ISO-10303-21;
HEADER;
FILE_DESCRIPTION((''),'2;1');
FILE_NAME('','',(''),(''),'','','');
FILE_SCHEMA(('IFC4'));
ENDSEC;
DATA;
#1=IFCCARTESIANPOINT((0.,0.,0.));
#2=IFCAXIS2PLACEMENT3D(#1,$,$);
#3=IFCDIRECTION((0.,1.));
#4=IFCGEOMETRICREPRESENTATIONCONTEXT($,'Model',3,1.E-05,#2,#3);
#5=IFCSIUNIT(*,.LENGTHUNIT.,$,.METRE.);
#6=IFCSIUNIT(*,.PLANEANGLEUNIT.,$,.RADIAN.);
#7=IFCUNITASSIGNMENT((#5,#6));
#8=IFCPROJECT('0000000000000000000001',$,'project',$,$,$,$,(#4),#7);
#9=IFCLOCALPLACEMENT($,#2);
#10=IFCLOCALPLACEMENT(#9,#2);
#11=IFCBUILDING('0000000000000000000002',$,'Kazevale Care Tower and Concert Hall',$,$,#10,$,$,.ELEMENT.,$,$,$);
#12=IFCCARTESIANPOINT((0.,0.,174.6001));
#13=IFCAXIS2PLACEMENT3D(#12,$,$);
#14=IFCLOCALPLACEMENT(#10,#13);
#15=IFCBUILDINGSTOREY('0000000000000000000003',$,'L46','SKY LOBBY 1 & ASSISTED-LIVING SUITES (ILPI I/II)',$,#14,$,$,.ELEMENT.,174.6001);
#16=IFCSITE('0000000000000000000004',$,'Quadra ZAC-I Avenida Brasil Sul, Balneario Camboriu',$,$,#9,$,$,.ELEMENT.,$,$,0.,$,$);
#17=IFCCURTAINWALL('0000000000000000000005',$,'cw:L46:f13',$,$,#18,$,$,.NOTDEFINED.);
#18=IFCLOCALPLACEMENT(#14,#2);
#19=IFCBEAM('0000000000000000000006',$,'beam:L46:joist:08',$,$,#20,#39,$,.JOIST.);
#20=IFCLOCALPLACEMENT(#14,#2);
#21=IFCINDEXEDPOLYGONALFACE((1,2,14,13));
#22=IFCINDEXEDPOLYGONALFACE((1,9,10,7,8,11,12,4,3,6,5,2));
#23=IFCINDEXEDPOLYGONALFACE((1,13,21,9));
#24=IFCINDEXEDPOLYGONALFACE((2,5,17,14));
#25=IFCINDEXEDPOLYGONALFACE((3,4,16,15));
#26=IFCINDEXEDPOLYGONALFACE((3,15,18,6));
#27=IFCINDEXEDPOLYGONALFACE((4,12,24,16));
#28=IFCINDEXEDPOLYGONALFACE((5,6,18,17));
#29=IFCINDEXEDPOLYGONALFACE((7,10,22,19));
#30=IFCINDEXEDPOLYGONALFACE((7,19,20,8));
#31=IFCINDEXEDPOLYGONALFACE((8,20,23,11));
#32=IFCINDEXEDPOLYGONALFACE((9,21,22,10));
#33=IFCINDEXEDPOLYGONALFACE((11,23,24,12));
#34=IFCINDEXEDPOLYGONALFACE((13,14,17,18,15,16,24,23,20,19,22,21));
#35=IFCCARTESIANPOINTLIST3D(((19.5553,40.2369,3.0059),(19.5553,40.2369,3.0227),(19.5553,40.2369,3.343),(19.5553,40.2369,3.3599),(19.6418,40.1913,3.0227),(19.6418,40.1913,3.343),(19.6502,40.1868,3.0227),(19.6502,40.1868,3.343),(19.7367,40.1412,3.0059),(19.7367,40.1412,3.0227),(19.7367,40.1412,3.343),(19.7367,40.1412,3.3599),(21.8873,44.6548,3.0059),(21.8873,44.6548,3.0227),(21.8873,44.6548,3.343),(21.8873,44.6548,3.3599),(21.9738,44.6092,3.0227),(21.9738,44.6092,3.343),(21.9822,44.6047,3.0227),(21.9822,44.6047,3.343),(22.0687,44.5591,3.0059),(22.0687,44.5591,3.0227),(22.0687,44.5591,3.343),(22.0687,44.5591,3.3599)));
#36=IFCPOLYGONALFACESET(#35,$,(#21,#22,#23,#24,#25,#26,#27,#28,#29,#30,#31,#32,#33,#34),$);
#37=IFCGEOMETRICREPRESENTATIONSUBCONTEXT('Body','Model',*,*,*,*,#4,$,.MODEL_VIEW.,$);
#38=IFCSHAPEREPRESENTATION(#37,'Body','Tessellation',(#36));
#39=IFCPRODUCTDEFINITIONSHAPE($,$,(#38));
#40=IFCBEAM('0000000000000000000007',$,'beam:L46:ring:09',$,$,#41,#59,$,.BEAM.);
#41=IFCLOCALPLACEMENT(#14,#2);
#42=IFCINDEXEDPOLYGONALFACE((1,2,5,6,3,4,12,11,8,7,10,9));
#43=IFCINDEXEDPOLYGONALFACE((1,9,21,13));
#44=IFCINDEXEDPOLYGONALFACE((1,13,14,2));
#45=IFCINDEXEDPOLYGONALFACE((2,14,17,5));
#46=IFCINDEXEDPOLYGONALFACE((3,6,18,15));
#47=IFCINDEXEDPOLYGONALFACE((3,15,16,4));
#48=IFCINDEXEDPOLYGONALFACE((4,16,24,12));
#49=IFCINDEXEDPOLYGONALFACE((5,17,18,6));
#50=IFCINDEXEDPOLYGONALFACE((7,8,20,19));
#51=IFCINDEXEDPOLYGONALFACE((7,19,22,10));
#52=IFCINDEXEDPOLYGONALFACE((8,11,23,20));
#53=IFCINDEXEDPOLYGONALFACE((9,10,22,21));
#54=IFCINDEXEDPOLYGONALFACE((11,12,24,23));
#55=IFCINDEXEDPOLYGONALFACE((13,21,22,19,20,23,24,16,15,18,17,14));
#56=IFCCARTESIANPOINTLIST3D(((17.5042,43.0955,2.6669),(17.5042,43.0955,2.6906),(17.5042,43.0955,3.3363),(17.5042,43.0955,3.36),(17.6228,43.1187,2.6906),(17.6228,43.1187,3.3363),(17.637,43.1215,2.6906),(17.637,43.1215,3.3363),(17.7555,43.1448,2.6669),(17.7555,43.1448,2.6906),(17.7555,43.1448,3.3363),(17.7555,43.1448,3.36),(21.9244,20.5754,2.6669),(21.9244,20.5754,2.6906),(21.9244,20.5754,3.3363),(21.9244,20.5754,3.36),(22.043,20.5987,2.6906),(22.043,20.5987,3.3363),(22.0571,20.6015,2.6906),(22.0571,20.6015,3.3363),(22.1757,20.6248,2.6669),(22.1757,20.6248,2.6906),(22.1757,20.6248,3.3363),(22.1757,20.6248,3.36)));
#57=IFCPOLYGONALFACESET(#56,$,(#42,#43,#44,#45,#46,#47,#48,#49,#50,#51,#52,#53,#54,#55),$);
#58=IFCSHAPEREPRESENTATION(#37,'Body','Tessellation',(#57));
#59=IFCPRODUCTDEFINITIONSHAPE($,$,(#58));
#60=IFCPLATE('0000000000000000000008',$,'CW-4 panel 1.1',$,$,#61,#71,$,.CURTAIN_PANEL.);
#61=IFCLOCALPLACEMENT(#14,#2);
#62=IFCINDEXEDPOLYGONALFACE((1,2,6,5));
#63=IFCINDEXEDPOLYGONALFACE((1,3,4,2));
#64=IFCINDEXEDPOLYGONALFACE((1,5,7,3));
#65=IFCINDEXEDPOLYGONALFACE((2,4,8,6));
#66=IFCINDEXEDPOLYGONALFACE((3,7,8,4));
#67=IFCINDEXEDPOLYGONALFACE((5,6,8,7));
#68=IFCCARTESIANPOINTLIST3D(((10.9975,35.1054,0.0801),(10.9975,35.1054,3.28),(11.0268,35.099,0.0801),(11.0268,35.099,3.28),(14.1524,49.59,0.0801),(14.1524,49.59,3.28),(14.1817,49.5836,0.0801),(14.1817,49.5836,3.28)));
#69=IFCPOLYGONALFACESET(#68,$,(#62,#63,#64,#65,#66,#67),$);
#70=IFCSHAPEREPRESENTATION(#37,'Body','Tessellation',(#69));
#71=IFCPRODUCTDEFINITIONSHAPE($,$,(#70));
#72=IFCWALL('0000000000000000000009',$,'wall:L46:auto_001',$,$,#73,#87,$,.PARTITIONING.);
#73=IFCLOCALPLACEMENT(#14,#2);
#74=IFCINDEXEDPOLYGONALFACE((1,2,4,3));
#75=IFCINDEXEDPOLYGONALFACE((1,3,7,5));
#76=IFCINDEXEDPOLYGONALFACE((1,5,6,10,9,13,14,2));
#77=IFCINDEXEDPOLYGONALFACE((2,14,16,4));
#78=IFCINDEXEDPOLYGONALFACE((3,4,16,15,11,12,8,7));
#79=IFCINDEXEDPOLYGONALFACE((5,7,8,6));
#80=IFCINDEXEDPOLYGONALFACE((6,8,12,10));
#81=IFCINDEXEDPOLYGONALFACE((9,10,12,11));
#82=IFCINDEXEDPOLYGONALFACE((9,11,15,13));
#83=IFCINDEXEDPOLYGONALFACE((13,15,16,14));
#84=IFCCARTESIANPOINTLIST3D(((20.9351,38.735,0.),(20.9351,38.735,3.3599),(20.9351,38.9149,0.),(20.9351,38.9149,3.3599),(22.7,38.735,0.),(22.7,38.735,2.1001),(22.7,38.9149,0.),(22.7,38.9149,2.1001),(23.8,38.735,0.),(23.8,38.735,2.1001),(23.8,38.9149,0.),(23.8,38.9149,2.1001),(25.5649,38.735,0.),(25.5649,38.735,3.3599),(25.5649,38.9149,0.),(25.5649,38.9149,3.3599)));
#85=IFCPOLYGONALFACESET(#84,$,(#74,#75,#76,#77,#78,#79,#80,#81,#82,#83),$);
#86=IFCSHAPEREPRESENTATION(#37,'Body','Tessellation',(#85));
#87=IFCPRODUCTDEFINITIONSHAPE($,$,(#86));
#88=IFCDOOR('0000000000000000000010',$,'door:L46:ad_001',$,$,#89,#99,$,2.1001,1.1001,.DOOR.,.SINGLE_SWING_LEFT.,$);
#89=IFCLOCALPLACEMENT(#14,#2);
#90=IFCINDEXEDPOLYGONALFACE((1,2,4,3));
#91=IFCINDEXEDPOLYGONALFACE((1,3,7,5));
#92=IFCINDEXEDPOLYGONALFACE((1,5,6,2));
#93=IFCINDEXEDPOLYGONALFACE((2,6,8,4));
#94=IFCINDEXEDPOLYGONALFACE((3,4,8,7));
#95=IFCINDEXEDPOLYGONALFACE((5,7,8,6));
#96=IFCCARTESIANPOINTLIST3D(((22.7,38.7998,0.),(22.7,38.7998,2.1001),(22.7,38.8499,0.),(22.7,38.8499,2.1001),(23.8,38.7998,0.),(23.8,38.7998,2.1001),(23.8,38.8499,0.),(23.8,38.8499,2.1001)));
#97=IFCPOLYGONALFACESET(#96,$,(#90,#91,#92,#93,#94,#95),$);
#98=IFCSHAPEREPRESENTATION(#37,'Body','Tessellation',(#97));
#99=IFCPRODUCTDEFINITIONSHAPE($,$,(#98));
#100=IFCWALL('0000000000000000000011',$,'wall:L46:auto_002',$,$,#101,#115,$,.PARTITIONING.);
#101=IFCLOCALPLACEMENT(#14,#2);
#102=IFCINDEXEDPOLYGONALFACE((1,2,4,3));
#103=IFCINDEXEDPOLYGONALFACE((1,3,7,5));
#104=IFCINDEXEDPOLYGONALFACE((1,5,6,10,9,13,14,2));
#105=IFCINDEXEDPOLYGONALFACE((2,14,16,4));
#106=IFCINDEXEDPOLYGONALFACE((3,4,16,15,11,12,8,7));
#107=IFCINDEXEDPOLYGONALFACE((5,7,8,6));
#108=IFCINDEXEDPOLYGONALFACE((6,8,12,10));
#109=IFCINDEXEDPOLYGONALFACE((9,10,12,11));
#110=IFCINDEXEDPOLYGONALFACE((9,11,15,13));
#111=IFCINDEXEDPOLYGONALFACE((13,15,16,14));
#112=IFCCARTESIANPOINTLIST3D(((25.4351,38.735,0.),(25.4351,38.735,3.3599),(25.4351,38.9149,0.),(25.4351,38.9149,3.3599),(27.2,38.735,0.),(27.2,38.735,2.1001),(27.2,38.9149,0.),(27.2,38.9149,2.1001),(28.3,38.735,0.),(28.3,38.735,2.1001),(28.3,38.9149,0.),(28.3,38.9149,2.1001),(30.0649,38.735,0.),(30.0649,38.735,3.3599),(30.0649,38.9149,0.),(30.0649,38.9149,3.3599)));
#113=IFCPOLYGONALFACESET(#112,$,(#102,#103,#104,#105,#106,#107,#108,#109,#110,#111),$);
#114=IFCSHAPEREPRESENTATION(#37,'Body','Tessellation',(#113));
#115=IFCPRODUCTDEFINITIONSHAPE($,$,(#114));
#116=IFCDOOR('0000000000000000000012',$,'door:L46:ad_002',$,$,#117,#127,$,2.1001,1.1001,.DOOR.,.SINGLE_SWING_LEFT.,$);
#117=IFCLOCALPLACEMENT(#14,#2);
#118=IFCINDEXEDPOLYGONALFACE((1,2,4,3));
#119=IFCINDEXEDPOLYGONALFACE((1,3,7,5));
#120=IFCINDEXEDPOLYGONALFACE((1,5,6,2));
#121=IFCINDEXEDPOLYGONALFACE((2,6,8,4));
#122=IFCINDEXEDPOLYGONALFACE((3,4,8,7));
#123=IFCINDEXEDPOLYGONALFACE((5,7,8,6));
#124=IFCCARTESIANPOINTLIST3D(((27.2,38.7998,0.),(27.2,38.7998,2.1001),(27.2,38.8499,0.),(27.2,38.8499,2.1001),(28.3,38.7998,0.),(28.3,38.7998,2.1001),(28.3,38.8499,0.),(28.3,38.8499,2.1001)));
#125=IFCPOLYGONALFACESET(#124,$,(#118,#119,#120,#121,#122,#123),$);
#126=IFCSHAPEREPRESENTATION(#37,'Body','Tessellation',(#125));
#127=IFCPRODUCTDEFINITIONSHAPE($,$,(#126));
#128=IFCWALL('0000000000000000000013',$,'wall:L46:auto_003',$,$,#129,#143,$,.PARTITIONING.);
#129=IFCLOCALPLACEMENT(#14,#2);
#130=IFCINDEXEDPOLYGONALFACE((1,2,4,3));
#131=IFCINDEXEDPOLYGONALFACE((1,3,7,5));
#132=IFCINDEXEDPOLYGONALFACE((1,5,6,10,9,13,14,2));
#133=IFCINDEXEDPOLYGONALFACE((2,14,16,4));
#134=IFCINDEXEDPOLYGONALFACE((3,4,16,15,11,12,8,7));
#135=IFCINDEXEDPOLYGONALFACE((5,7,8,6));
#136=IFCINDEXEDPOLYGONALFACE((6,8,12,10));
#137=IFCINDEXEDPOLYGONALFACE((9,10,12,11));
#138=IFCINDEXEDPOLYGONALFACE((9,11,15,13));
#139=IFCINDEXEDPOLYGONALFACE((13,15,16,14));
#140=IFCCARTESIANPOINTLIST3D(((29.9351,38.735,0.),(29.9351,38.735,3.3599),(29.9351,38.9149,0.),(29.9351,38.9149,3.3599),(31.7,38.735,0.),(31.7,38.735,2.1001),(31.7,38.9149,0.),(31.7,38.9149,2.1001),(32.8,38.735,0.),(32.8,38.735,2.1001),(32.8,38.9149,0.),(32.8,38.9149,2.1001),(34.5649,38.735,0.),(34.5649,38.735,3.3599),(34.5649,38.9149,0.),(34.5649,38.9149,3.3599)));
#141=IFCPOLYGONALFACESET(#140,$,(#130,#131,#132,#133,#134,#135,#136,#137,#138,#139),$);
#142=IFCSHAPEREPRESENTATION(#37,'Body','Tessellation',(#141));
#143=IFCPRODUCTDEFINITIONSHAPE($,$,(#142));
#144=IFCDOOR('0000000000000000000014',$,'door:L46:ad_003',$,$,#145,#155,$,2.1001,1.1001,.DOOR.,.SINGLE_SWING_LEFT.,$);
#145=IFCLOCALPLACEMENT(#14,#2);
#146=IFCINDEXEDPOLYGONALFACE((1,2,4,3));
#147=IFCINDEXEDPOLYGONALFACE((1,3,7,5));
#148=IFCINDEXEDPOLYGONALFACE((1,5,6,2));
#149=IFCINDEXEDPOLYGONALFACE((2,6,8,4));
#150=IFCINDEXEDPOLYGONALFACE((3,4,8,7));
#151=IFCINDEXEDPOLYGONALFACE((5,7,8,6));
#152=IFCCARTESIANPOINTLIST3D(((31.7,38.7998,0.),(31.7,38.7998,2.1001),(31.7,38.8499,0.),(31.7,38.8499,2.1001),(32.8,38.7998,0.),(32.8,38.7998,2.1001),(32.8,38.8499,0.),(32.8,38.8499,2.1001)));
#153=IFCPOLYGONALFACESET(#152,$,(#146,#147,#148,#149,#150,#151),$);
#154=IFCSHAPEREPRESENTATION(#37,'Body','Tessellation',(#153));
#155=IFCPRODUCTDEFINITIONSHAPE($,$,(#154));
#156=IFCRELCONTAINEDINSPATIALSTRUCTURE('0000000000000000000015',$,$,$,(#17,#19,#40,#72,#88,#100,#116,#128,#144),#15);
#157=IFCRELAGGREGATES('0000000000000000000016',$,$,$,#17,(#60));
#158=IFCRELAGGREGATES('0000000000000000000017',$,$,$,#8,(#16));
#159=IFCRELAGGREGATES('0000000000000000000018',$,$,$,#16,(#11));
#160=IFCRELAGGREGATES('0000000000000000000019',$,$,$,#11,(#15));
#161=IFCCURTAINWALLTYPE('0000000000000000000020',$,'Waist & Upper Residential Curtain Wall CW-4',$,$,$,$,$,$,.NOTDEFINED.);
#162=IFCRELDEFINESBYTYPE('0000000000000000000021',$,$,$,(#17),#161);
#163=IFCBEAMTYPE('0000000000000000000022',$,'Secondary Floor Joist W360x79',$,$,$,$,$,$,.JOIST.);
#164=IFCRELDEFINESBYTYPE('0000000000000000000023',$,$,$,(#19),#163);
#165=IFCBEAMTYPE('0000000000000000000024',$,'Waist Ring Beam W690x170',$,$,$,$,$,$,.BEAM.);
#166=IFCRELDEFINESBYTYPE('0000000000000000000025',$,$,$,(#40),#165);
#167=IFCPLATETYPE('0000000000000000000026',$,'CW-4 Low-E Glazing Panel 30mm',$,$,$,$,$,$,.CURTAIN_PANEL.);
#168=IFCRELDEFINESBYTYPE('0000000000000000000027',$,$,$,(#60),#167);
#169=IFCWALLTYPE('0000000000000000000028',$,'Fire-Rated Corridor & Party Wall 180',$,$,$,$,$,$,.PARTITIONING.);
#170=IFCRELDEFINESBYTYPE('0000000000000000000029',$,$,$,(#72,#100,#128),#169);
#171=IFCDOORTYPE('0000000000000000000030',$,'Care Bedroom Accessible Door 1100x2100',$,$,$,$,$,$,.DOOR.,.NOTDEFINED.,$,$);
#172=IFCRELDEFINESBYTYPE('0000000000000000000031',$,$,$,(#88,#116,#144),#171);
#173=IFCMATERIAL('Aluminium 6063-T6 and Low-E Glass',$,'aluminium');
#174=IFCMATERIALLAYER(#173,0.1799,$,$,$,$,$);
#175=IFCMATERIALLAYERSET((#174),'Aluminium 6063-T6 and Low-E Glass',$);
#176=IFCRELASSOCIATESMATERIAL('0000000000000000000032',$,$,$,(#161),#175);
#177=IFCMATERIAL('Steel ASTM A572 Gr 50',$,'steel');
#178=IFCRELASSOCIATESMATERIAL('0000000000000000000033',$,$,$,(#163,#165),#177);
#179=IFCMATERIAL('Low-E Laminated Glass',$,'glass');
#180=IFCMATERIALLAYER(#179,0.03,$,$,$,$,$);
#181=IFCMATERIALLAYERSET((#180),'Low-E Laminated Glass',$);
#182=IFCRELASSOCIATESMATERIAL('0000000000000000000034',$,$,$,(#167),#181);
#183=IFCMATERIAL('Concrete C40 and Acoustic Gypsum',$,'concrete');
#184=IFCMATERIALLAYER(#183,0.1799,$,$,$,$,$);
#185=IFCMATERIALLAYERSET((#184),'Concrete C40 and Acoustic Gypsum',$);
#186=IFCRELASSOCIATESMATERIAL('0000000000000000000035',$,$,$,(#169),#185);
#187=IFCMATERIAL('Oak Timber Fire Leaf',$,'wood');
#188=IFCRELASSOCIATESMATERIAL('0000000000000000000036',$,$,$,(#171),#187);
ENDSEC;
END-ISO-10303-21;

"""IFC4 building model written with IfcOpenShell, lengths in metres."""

from ifc_helpers import new_model, si_unit, direction, frame, frame_2d, origin, origin_2d, place, context, subcontext, project, spatial, rectangle, i_section, extrude, material, layer, layer_set, material_profile, profile_set, type_object, element, fill, aggregate, save


model = new_model("IFC4")

# Units and contexts
model_context = context("Model", 3, precision=1e-05, world=origin(), true_north=direction((0.0, 1.0)))
body_context = subcontext(model_context, "Body", "Model", "MODEL_VIEW")
ifc_project = project(units=[si_unit("LENGTHUNIT", "METRE"), si_unit("PLANEANGLEUNIT", "RADIAN")], contexts=[model_context])

# Site, building, storey
site_placement = place(None, origin())
site = spatial("IfcSite", under=ifc_project, at=site_placement, Name="Quadra ZAC-I Avenida Brasil Sul, Balneario Camboriu", CompositionType="ELEMENT", RefElevation=0.0)
building_placement = place(site_placement, origin())
building = spatial("IfcBuilding", under=site, at=building_placement, Name="Kazevale Care Tower and Concert Hall", CompositionType="ELEMENT")
storey_placement = place(building_placement, frame((0.0, 0.0, 174.6001)))
storey = spatial("IfcBuildingStorey", under=building, at=storey_placement, Name="L46", Description="SKY LOBBY 1 & ASSISTED-LIVING SUITES (ILPI I/II)", CompositionType="ELEMENT", Elevation=174.6001)

# Shared definitions
ifc_material_1 = material(Name="Aluminium 6063-T6 and Low-E Glass", Category="aluminium")

# Curtain wall
ifc_layer_1 = layer(ifc_material_1, 0.1799)
ifc_layer_set_1 = layer_set([ifc_layer_1], Name="Aluminium 6063-T6 and Low-E Glass")
curtain_wall_type_1 = type_object("IfcCurtainWallType", Name="Waist & Upper Residential Curtain Wall CW-4", PredefinedType="NOTDEFINED", material=ifc_layer_set_1)
curtain_wall_1_placement = place(storey_placement, origin())
curtain_wall_1 = element("IfcCurtainWall", 1, at=curtain_wall_1_placement, inside=storey, type_object=curtain_wall_type_1, Name="cw:L46:f13", PredefinedType="NOTDEFINED")

# Beams
ifc_material_2 = material(Name="Steel ASTM A572 Gr 50", Category="steel")
ifc_material_profile_1 = material_profile(ifc_material_2, i_section(OverallWidth=0.2051, OverallDepth=0.354, WebThickness=0.0095, FlangeThickness=0.0168, at=origin_2d()), Name="W360x79")
ifc_profile_set_1 = profile_set([ifc_material_profile_1], Name="Steel ASTM A572 Gr 50")
beam_type_1 = type_object("IfcBeamType", Name="Secondary Floor Joist W360x79", PredefinedType="JOIST", material=ifc_profile_set_1)
beam_1_placement = place(storey_placement, frame((21.978, 44.6069, 3.1829), z_axis=(-0.46681, -0.884358, 0.0), x_axis=(0.884358, -0.46681, 0.0)))
element("IfcBeam", 2, at=beam_1_placement, inside=storey, type_object=beam_type_1, Name="beam:L46:joist:08", PredefinedType="JOIST", context=body_context, shape_type="SweptSolid", body=[
    extrude(i_section(OverallWidth=0.2051, OverallDepth=0.354, WebThickness=0.0095, FlangeThickness=0.0168, at=origin_2d()), origin(), (0.0, 0.0, 1.0), 4.9956),
])
ifc_material_profile_2 = material_profile(ifc_material_2, i_section(OverallWidth=0.2561, OverallDepth=0.6931, WebThickness=0.0144, FlangeThickness=0.0237, at=origin_2d()), Name="W690x170")
ifc_profile_set_2 = profile_set([ifc_material_profile_2], Name="Steel ASTM A572 Gr 50")
beam_type_2 = type_object("IfcBeamType", Name="Waist Ring Beam W690x170", PredefinedType="BEAM", material=ifc_profile_set_2)
beam_2_placement = place(storey_placement, frame((17.6299, 43.1201, 3.0134), z_axis=(0.192602, -0.981277, 0.0), x_axis=(0.981277, 0.192602, 0.0)))
element("IfcBeam", 3, at=beam_2_placement, inside=storey, type_object=beam_type_2, Name="beam:L46:ring:09", PredefinedType="BEAM", context=body_context, shape_type="SweptSolid", body=[
    extrude(i_section(OverallWidth=0.2561, OverallDepth=0.6931, WebThickness=0.0144, FlangeThickness=0.0237, at=origin_2d()), origin(), (0.0, 0.0, 1.0), 22.9497),
])

# Plate
ifc_material_3 = material(Name="Low-E Laminated Glass", Category="glass")
ifc_layer_2 = layer(ifc_material_3, 0.03)
ifc_layer_set_2 = layer_set([ifc_layer_2], Name="Low-E Laminated Glass")
plate_type = type_object("IfcPlateType", Name="CW-4 Low-E Glazing Panel 30mm", PredefinedType="CURTAIN_PANEL", material=ifc_layer_set_2)
plate_placement = place(storey_placement, frame((12.5896, 42.3445, 0.0801), z_axis=(0.0, 0.0, 1.0), x_axis=(0.212823, 0.977091, 0.0)))
plate = element("IfcPlate", 4, at=plate_placement, type_object=plate_type, Name="CW-4 panel 1.1", PredefinedType="CURTAIN_PANEL", context=body_context, shape_type="SweptSolid", body=[
    extrude(rectangle(XDim=14.8242, YDim=0.03, at=origin_2d()), origin(), (0.0, 0.0, 1.0), 3.2),
])
aggregate(curtain_wall_1, [plate])

# Walls, openings, doors
ifc_material_4 = material(Name="Concrete C40 and Acoustic Gypsum", Category="concrete")
ifc_layer_3 = layer(ifc_material_4, 0.1799)
ifc_layer_set_3 = layer_set([ifc_layer_3], Name="Concrete C40 and Acoustic Gypsum")
wall_type = type_object("IfcWallType", Name="Fire-Rated Corridor & Party Wall 180", PredefinedType="PARTITIONING", material=ifc_layer_set_3)
wall_1_placement = place(storey_placement, frame((20.9351, 38.825, 0.0), z_axis=(0.0, 0.0, 1.0), x_axis=(1.0, 0.0, 0.0)))
wall_1 = element("IfcWall", 5, at=wall_1_placement, inside=storey, type_object=wall_type, Name="wall:L46:auto_001", PredefinedType="PARTITIONING", context=body_context, shape_type="SweptSolid", body=[
    extrude(rectangle(XDim=4.6299, YDim=0.1799, at=frame_2d((2.3149, 0.0))), origin(), (0.0, 0.0, 1.0), 3.3599),
])
opening_1_placement = place(wall_1_placement, frame((1.7649, 0.0, 0.0)))
opening_1 = element("IfcOpeningElement", 6, at=opening_1_placement, cuts=wall_1, PredefinedType="OPENING", context=body_context, shape_type="SweptSolid", body=[
    extrude(rectangle(XDim=1.1001, YDim=2.1001, at=frame_2d((0.55, 1.05))), frame((0.0, 0.0999, 0.0), z_axis=(0.0, -1.0, 0.0), x_axis=(1.0, 0.0, 0.0)), (0.0, 0.0, 1.0), 0.2),
])
ifc_material_5 = material(Name="Oak Timber Fire Leaf", Category="wood")
door_type = type_object("IfcDoorType", Name="Care Bedroom Accessible Door 1100x2100", OperationType="NOTDEFINED", PredefinedType="DOOR", material=ifc_material_5)
door_1_placement = place(opening_1_placement, origin())
door_1 = element("IfcDoor", 7, at=door_1_placement, inside=storey, type_object=door_type, Name="door:L46:ad_001", OperationType="SINGLE_SWING_LEFT", OverallHeight=2.1001, OverallWidth=1.1001, PredefinedType="DOOR", context=body_context, shape_type="SweptSolid", body=[
    extrude(rectangle(XDim=1.1001, YDim=2.1001, at=frame_2d((0.55, 1.05))), frame((0.0, 0.0249, 0.0), z_axis=(0.0, -1.0, 0.0), x_axis=(1.0, 0.0, 0.0)), (0.0, 0.0, 1.0), 0.05),
])
fill(opening_1, door_1)
wall_2_placement = place(storey_placement, frame((25.4351, 38.825, 0.0), z_axis=(0.0, 0.0, 1.0), x_axis=(1.0, 0.0, 0.0)))
wall_2 = element("IfcWall", 8, at=wall_2_placement, inside=storey, type_object=wall_type, Name="wall:L46:auto_002", PredefinedType="PARTITIONING", context=body_context, shape_type="SweptSolid", body=[
    extrude(rectangle(XDim=4.6299, YDim=0.1799, at=frame_2d((2.3149, 0.0))), origin(), (0.0, 0.0, 1.0), 3.3599),
])
opening_2_placement = place(wall_2_placement, frame((1.7649, 0.0, 0.0)))
opening_2 = element("IfcOpeningElement", 9, at=opening_2_placement, cuts=wall_2, PredefinedType="OPENING", context=body_context, shape_type="SweptSolid", body=[
    extrude(rectangle(XDim=1.1001, YDim=2.1001, at=frame_2d((0.55, 1.05))), frame((0.0, 0.0999, 0.0), z_axis=(0.0, -1.0, 0.0), x_axis=(1.0, 0.0, 0.0)), (0.0, 0.0, 1.0), 0.2),
])
door_2_placement = place(opening_2_placement, origin())
door_2 = element("IfcDoor", 10, at=door_2_placement, inside=storey, type_object=door_type, Name="door:L46:ad_002", OperationType="SINGLE_SWING_LEFT", OverallHeight=2.1001, OverallWidth=1.1001, PredefinedType="DOOR", context=body_context, shape_type="SweptSolid", body=[
    extrude(rectangle(XDim=1.1001, YDim=2.1001, at=frame_2d((0.55, 1.05))), frame((0.0, 0.0249, 0.0), z_axis=(0.0, -1.0, 0.0), x_axis=(1.0, 0.0, 0.0)), (0.0, 0.0, 1.0), 0.05),
])
fill(opening_2, door_2)
wall_3_placement = place(storey_placement, frame((29.9351, 38.825, 0.0), z_axis=(0.0, 0.0, 1.0), x_axis=(1.0, 0.0, 0.0)))
wall_3 = element("IfcWall", 11, at=wall_3_placement, inside=storey, type_object=wall_type, Name="wall:L46:auto_003", PredefinedType="PARTITIONING", context=body_context, shape_type="SweptSolid", body=[
    extrude(rectangle(XDim=4.6299, YDim=0.1799, at=frame_2d((2.3149, 0.0))), origin(), (0.0, 0.0, 1.0), 3.3599),
])
opening_3_placement = place(wall_3_placement, frame((1.7649, 0.0, 0.0)))
opening_3 = element("IfcOpeningElement", 12, at=opening_3_placement, cuts=wall_3, PredefinedType="OPENING", context=body_context, shape_type="SweptSolid", body=[
    extrude(rectangle(XDim=1.1001, YDim=2.1001, at=frame_2d((0.55, 1.05))), frame((0.0, 0.0999, 0.0), z_axis=(0.0, -1.0, 0.0), x_axis=(1.0, 0.0, 0.0)), (0.0, 0.0, 1.0), 0.2),
])
door_3_placement = place(opening_3_placement, origin())
door_3 = element("IfcDoor", 13, at=door_3_placement, inside=storey, type_object=door_type, Name="door:L46:ad_003", OperationType="SINGLE_SWING_LEFT", OverallHeight=2.1001, OverallWidth=1.1001, PredefinedType="DOOR", context=body_context, shape_type="SweptSolid", body=[
    extrude(rectangle(XDim=1.1001, YDim=2.1001, at=frame_2d((0.55, 1.05))), frame((0.0, 0.0249, 0.0), z_axis=(0.0, -1.0, 0.0), x_axis=(1.0, 0.0, 0.0)), (0.0, 0.0, 1.0), 0.05),
])
fill(opening_3, door_3)

save(model, "model.ifc")
